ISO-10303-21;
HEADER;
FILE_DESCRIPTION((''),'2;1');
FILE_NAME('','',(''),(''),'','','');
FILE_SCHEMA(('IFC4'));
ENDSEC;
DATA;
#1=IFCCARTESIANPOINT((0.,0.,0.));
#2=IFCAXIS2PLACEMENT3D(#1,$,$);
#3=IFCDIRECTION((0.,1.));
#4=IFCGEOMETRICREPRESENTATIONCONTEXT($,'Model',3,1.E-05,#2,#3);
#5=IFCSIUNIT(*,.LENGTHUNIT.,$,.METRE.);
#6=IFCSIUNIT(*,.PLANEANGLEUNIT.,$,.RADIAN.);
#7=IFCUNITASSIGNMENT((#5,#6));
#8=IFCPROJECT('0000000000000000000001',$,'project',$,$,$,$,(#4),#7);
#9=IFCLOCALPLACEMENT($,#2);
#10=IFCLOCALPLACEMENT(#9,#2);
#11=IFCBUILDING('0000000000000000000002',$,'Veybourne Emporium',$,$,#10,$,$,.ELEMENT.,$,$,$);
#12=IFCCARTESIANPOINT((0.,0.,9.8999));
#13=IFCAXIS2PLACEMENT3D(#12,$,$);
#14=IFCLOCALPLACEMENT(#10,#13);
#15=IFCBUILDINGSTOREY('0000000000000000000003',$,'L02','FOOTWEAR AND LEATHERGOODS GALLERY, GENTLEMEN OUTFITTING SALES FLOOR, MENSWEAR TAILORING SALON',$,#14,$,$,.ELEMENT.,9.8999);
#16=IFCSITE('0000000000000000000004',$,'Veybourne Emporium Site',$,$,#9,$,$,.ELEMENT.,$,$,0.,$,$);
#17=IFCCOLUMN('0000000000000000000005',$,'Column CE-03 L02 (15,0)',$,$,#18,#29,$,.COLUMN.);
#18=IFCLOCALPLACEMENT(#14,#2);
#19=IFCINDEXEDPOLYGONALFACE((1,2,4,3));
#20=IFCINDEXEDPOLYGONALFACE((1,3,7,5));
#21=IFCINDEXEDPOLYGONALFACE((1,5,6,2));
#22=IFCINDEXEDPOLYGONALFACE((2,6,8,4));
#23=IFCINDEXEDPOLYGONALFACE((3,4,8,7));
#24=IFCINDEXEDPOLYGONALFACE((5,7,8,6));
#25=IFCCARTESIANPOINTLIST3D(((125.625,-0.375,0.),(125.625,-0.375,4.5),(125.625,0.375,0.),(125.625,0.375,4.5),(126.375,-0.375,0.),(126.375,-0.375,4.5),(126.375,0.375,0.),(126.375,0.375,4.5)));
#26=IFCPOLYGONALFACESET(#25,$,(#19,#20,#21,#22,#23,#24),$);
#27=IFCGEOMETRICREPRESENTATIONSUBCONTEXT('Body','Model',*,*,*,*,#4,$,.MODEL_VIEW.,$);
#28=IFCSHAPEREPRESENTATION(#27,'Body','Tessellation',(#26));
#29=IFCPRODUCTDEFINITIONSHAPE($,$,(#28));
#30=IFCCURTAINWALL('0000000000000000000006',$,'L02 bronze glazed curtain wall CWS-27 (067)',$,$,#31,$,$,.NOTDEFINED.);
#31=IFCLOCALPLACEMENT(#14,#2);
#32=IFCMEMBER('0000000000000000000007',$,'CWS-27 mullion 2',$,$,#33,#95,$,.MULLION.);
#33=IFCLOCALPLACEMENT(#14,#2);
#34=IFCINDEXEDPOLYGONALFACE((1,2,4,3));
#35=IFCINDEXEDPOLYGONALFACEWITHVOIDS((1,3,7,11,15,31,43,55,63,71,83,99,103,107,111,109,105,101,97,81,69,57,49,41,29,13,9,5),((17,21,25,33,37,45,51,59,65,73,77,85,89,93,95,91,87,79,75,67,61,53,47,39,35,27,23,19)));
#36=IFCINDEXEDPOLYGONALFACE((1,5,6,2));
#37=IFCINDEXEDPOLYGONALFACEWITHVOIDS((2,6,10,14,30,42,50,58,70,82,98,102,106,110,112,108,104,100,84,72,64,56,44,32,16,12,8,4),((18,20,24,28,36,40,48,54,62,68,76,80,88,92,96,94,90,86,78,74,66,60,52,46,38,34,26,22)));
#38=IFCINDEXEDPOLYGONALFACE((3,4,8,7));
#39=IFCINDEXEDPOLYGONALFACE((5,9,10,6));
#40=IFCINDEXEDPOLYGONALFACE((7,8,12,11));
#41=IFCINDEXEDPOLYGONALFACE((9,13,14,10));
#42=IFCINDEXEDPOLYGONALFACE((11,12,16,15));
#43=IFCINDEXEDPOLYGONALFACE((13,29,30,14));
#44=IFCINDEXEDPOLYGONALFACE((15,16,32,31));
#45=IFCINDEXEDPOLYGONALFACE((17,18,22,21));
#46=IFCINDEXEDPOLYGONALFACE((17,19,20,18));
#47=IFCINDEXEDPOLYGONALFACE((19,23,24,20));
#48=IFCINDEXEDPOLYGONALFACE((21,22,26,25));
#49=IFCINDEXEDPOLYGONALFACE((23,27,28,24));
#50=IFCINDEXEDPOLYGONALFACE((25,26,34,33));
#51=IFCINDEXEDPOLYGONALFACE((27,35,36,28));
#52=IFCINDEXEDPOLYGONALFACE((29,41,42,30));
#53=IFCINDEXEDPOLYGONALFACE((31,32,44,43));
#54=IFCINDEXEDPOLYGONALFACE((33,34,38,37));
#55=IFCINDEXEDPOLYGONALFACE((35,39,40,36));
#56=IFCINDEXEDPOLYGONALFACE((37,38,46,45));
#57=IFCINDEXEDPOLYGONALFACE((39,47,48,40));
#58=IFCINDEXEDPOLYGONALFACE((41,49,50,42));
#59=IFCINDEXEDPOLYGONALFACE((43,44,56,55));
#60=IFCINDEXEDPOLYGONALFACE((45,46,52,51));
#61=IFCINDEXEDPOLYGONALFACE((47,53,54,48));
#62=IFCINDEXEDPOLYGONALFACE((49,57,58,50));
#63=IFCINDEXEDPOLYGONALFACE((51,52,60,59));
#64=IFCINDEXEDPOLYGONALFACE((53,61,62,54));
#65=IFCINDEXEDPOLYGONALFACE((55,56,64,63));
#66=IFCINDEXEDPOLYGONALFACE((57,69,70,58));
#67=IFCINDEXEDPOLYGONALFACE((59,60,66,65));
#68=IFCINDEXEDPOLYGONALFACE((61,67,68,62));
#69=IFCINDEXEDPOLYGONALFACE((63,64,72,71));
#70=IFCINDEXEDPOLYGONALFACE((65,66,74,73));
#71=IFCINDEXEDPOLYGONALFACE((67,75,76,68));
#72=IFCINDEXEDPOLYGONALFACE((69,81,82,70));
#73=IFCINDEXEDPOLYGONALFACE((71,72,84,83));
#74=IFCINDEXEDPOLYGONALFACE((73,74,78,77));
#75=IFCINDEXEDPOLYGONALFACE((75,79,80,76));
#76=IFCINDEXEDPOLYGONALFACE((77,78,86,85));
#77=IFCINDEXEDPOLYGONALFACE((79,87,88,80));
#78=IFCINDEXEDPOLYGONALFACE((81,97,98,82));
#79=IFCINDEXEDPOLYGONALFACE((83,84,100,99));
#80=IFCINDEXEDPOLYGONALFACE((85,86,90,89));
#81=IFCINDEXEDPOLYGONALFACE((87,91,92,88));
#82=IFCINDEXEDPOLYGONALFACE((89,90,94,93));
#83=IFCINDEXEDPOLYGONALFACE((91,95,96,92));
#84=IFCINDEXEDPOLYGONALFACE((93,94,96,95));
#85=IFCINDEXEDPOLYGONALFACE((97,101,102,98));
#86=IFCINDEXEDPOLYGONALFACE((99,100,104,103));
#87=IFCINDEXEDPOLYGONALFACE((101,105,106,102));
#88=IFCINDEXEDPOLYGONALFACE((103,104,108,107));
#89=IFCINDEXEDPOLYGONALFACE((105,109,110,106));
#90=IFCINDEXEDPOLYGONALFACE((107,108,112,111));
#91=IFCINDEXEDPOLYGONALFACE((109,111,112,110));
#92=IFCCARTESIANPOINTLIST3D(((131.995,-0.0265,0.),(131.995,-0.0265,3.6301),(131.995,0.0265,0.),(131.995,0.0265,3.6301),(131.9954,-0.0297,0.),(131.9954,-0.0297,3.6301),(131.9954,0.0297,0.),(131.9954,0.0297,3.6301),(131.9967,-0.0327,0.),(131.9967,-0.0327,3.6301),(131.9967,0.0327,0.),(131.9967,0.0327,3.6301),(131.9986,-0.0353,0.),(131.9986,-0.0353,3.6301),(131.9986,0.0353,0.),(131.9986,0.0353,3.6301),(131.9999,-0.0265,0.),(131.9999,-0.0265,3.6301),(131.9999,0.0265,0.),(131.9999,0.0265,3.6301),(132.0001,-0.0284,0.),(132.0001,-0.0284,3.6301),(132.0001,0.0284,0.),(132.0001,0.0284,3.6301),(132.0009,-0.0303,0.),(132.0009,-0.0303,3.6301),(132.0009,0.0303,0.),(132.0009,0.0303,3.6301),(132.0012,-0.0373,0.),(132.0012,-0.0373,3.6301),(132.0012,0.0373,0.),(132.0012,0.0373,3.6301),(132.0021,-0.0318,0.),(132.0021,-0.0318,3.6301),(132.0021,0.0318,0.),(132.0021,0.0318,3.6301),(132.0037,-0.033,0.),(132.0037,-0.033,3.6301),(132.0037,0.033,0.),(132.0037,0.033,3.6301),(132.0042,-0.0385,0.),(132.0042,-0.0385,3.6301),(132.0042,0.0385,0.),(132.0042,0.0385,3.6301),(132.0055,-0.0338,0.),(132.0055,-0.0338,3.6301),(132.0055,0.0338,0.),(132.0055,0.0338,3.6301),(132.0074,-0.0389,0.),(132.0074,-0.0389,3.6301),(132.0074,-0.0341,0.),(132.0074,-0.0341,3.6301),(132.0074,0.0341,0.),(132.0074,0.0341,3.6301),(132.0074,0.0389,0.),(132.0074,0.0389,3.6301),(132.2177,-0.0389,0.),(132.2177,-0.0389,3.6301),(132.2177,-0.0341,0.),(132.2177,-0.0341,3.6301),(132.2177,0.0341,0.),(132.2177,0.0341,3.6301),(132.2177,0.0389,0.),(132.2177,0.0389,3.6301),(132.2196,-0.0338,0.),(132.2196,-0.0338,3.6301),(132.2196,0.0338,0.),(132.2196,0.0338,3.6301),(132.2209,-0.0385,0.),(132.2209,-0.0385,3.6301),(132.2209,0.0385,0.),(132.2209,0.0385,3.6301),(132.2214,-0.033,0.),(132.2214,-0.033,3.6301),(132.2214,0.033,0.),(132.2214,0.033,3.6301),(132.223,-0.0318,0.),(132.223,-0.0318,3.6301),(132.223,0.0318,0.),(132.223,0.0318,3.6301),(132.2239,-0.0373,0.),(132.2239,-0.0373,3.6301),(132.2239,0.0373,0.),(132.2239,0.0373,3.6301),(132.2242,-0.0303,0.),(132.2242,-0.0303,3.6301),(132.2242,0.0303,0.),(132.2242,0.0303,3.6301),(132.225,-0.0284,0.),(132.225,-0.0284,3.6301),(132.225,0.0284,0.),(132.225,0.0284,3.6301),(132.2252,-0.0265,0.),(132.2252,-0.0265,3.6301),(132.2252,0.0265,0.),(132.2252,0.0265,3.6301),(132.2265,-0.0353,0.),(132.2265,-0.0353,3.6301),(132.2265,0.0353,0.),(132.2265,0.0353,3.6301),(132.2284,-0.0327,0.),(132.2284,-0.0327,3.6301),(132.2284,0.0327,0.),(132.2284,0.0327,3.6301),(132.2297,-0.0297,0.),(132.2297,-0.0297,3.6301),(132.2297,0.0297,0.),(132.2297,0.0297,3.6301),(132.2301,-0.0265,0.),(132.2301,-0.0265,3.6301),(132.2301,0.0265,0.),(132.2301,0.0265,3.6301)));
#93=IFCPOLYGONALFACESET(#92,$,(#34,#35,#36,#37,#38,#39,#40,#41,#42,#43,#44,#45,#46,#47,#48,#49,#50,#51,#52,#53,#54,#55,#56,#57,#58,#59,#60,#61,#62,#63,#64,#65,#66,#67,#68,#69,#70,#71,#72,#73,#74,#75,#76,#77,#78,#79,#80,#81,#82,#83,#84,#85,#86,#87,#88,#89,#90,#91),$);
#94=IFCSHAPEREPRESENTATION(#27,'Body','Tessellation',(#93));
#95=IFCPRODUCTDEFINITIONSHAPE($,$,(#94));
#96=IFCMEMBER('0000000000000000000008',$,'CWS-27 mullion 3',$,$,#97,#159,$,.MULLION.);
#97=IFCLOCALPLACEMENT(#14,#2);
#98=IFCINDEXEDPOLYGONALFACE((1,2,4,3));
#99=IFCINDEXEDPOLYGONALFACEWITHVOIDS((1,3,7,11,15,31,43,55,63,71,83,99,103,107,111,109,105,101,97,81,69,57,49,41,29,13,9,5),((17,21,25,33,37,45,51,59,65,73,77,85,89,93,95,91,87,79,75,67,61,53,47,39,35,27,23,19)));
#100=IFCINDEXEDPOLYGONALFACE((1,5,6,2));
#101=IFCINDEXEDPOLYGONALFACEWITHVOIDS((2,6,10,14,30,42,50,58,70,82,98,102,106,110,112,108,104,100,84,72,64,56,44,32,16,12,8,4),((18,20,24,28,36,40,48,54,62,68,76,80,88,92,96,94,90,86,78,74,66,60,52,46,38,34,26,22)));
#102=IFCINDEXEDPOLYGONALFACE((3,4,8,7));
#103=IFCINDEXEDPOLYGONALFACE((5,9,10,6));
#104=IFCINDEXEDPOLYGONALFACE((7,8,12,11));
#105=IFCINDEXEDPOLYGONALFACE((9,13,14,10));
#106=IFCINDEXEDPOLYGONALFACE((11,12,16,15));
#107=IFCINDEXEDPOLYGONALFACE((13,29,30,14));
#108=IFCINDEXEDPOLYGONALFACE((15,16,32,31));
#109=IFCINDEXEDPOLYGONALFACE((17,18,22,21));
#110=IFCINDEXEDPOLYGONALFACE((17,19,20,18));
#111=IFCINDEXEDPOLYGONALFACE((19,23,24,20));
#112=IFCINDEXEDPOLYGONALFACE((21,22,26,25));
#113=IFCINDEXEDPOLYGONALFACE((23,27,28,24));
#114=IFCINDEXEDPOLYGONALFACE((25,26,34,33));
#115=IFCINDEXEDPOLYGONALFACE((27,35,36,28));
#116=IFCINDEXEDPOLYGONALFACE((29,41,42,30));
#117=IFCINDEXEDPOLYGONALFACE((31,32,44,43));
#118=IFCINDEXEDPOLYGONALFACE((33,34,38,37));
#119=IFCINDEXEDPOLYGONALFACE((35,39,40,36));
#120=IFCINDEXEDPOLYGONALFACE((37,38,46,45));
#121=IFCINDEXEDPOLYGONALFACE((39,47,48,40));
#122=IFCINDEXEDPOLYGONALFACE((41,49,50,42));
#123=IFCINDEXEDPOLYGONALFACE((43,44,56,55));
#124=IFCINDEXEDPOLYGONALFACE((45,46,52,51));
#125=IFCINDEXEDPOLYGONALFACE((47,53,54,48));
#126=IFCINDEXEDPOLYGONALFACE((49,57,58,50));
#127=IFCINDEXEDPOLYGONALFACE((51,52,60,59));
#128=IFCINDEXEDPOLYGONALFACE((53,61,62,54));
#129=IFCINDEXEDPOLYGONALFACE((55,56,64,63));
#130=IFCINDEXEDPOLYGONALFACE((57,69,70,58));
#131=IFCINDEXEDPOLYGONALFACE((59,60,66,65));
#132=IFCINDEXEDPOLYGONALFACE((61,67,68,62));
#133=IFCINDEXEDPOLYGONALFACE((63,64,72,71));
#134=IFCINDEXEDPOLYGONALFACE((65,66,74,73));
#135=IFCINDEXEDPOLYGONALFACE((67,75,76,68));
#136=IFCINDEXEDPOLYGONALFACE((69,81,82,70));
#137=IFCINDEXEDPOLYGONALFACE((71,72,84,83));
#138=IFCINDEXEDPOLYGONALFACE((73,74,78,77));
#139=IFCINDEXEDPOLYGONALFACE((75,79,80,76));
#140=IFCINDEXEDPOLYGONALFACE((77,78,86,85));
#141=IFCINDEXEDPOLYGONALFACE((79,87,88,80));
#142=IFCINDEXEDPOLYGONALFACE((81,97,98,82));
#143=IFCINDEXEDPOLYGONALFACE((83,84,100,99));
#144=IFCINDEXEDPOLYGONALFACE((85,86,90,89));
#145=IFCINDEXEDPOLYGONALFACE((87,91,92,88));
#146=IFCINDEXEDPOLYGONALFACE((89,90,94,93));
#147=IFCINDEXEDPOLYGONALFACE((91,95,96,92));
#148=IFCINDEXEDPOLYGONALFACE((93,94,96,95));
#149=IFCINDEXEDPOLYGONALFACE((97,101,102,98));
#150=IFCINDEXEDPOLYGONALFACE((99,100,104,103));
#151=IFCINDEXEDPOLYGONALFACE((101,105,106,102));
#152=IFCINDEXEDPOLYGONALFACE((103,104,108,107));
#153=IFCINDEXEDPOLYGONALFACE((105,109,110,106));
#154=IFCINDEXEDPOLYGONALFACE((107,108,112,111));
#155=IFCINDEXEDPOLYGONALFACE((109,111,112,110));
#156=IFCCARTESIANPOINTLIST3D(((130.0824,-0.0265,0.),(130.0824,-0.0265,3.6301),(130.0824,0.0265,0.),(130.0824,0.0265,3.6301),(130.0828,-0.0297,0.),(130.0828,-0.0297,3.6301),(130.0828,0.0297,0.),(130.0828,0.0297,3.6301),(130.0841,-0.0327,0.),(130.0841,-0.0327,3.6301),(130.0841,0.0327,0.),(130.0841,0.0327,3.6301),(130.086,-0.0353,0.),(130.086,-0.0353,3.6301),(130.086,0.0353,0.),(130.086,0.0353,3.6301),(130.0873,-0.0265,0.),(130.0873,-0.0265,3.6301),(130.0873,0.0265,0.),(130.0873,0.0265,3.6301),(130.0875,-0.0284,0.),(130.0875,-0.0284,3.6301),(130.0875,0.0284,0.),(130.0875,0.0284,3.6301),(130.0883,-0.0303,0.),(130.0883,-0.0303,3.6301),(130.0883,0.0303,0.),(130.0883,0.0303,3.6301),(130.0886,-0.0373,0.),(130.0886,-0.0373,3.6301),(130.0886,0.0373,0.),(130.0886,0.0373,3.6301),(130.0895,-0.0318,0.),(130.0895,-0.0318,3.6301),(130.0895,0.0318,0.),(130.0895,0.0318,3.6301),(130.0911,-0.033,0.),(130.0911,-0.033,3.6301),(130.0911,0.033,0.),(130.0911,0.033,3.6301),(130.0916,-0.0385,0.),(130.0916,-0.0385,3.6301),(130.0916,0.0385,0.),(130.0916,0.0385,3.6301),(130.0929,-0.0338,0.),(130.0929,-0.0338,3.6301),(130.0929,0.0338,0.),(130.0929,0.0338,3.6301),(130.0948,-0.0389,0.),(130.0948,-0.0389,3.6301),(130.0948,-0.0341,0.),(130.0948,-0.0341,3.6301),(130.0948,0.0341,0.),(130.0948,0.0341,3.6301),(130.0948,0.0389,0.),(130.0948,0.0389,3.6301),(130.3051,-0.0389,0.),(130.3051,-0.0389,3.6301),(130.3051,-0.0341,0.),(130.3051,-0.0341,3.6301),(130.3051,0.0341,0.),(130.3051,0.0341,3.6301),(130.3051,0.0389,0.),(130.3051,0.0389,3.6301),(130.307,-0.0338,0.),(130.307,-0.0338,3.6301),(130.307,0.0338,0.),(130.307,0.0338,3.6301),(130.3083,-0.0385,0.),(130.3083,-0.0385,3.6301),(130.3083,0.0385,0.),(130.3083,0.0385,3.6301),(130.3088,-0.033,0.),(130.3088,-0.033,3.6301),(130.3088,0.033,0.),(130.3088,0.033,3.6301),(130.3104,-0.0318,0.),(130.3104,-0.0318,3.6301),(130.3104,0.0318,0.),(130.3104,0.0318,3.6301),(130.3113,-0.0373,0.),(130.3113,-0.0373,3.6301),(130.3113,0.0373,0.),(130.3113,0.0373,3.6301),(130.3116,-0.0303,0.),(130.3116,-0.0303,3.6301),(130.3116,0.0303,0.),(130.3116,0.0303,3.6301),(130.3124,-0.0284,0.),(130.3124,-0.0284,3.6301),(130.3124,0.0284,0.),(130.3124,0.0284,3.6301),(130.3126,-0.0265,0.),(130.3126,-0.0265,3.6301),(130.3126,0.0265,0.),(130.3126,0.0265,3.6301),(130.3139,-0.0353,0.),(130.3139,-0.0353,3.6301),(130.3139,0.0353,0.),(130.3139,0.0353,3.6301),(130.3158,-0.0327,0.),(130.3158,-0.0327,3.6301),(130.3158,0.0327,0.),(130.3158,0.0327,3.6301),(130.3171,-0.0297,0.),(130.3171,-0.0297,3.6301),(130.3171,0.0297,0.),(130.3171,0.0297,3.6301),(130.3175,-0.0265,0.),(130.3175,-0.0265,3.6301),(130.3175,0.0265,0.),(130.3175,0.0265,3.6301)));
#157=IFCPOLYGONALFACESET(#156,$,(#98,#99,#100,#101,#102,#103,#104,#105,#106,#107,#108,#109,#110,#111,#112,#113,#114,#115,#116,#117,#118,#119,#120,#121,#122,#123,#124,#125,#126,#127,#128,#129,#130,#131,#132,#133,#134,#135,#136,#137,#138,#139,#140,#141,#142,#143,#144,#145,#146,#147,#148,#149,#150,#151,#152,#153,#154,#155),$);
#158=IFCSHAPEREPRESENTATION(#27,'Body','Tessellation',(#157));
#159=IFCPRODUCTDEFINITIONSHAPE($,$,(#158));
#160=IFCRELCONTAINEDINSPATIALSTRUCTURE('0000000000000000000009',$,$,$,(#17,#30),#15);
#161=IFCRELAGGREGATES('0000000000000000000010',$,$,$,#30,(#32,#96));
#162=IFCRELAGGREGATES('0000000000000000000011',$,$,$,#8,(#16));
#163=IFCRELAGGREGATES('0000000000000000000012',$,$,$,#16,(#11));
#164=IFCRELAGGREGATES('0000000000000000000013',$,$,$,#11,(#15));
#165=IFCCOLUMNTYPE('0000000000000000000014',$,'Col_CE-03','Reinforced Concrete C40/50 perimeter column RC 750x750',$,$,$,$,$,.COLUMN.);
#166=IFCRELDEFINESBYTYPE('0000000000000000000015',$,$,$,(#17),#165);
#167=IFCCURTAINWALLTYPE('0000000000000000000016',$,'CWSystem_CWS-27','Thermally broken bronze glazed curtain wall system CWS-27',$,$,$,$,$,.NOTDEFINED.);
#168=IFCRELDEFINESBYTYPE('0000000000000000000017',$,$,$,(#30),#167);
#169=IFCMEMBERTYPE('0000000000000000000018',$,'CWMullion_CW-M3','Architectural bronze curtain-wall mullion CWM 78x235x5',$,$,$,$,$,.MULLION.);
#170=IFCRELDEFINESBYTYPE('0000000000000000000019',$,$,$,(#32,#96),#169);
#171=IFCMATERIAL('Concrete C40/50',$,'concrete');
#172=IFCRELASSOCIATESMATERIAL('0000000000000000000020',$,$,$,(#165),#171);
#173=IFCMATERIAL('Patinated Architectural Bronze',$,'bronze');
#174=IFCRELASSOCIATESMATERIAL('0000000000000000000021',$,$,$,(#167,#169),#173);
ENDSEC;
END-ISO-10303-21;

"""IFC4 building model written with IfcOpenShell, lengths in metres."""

from ifc_helpers import new_model, si_unit, direction, frame, origin, origin_2d, place, context, subcontext, project, spatial, rectangle, hollow_rectangle, extrude, material, material_profile, profile_set, type_object, element, aggregate, save


model = new_model("IFC4")

# Units and contexts
model_context = context("Model", 3, precision=1e-05, world=origin(), true_north=direction((0.0, 1.0)))
body_context = subcontext(model_context, "Body", "Model", "MODEL_VIEW")
ifc_project = project(units=[si_unit("LENGTHUNIT", "METRE"), si_unit("PLANEANGLEUNIT", "RADIAN")], contexts=[model_context])

# Site, building, storey
site_placement = place(None, origin())
site = spatial("IfcSite", under=ifc_project, at=site_placement, Name="Veybourne Emporium Site", CompositionType="ELEMENT", RefElevation=0.0)
building_placement = place(site_placement, origin())
building = spatial("IfcBuilding", under=site, at=building_placement, Name="Veybourne Emporium", CompositionType="ELEMENT")
storey_placement = place(building_placement, frame((0.0, 0.0, 9.8999)))
storey = spatial("IfcBuildingStorey", under=building, at=storey_placement, Name="L02", Description="FOOTWEAR AND LEATHERGOODS GALLERY, GENTLEMEN OUTFITTING SALES FLOOR, MENSWEAR TAILORING SALON", CompositionType="ELEMENT", Elevation=9.8999)

# Column
ifc_material_1 = material(Name="Concrete C40/50", Category="concrete")
ifc_material_profile_1 = material_profile(ifc_material_1, rectangle(XDim=0.75, YDim=0.75, at=origin_2d()), Name="RC 750x750")
ifc_profile_set_1 = profile_set([ifc_material_profile_1], Name="Concrete C40/50")
column_type = type_object("IfcColumnType", Name="Col_CE-03", Description="Reinforced Concrete C40/50 perimeter column RC 750x750", PredefinedType="COLUMN", material=ifc_profile_set_1)
column_placement = place(storey_placement, frame((126.0, 0.0, 0.0), z_axis=(0.0, 0.0, 1.0), x_axis=(1.0, 0.0, 0.0)))
element("IfcColumn", 1, at=column_placement, inside=storey, type_object=column_type, Name="Column CE-03 L02 (15,0)", PredefinedType="COLUMN", context=body_context, shape_type="SweptSolid", body=[
    extrude(rectangle(XDim=0.75, YDim=0.75, at=origin_2d()), origin(), (0.0, 0.0, 1.0), 4.5),
])

# Curtain wall, members
ifc_material_2 = material(Name="Patinated Architectural Bronze", Category="bronze")
curtain_wall_type = type_object("IfcCurtainWallType", Name="CWSystem_CWS-27", Description="Thermally broken bronze glazed curtain wall system CWS-27", PredefinedType="NOTDEFINED", material=ifc_material_2)
curtain_wall_placement = place(storey_placement, origin())
curtain_wall = element("IfcCurtainWall", 2, at=curtain_wall_placement, inside=storey, type_object=curtain_wall_type, Name="L02 bronze glazed curtain wall CWS-27 (067)", PredefinedType="NOTDEFINED")
ifc_material_profile_2 = material_profile(ifc_material_2, hollow_rectangle(XDim=0.0779, YDim=0.2351, WallThickness=0.0049, InnerFilletRadius=0.0076, OuterFilletRadius=0.0125, at=origin_2d()), Name="CWM 78x235x5")
ifc_profile_set_2 = profile_set([ifc_material_profile_2], Name="Patinated Architectural Bronze")
member_type_1 = type_object("IfcMemberType", Name="CWMullion_CW-M3", Description="Architectural bronze curtain-wall mullion CWM 78x235x5", PredefinedType="MULLION", material=ifc_profile_set_2)
member_1_placement = place(storey_placement, frame((132.1125, 0.0, 0.0), z_axis=(0.0, 0.0, 1.0), x_axis=(0.0, -1.0, 0.0)))
member_1 = element("IfcMember", 3, at=member_1_placement, type_object=member_type_1, Name="CWS-27 mullion 2", PredefinedType="MULLION", context=body_context, shape_type="SweptSolid", body=[
    extrude(hollow_rectangle(XDim=0.0779, YDim=0.2351, WallThickness=0.0049, InnerFilletRadius=0.0076, OuterFilletRadius=0.0125, at=origin_2d()), origin(), (0.0, 0.0, 1.0), 3.6301),
])
member_2_placement = place(storey_placement, frame((130.2, 0.0, 0.0), z_axis=(0.0, 0.0, 1.0), x_axis=(0.0, -1.0, 0.0)))
member_2 = element("IfcMember", 4, at=member_2_placement, type_object=member_type_1, Name="CWS-27 mullion 3", PredefinedType="MULLION", context=body_context, shape_type="SweptSolid", body=[
    extrude(hollow_rectangle(XDim=0.0779, YDim=0.2351, WallThickness=0.0049, InnerFilletRadius=0.0076, OuterFilletRadius=0.0125, at=origin_2d()), origin(), (0.0, 0.0, 1.0), 3.6301),
])

aggregate(curtain_wall, [member_1, member_2])

save(model, "model.ifc")
